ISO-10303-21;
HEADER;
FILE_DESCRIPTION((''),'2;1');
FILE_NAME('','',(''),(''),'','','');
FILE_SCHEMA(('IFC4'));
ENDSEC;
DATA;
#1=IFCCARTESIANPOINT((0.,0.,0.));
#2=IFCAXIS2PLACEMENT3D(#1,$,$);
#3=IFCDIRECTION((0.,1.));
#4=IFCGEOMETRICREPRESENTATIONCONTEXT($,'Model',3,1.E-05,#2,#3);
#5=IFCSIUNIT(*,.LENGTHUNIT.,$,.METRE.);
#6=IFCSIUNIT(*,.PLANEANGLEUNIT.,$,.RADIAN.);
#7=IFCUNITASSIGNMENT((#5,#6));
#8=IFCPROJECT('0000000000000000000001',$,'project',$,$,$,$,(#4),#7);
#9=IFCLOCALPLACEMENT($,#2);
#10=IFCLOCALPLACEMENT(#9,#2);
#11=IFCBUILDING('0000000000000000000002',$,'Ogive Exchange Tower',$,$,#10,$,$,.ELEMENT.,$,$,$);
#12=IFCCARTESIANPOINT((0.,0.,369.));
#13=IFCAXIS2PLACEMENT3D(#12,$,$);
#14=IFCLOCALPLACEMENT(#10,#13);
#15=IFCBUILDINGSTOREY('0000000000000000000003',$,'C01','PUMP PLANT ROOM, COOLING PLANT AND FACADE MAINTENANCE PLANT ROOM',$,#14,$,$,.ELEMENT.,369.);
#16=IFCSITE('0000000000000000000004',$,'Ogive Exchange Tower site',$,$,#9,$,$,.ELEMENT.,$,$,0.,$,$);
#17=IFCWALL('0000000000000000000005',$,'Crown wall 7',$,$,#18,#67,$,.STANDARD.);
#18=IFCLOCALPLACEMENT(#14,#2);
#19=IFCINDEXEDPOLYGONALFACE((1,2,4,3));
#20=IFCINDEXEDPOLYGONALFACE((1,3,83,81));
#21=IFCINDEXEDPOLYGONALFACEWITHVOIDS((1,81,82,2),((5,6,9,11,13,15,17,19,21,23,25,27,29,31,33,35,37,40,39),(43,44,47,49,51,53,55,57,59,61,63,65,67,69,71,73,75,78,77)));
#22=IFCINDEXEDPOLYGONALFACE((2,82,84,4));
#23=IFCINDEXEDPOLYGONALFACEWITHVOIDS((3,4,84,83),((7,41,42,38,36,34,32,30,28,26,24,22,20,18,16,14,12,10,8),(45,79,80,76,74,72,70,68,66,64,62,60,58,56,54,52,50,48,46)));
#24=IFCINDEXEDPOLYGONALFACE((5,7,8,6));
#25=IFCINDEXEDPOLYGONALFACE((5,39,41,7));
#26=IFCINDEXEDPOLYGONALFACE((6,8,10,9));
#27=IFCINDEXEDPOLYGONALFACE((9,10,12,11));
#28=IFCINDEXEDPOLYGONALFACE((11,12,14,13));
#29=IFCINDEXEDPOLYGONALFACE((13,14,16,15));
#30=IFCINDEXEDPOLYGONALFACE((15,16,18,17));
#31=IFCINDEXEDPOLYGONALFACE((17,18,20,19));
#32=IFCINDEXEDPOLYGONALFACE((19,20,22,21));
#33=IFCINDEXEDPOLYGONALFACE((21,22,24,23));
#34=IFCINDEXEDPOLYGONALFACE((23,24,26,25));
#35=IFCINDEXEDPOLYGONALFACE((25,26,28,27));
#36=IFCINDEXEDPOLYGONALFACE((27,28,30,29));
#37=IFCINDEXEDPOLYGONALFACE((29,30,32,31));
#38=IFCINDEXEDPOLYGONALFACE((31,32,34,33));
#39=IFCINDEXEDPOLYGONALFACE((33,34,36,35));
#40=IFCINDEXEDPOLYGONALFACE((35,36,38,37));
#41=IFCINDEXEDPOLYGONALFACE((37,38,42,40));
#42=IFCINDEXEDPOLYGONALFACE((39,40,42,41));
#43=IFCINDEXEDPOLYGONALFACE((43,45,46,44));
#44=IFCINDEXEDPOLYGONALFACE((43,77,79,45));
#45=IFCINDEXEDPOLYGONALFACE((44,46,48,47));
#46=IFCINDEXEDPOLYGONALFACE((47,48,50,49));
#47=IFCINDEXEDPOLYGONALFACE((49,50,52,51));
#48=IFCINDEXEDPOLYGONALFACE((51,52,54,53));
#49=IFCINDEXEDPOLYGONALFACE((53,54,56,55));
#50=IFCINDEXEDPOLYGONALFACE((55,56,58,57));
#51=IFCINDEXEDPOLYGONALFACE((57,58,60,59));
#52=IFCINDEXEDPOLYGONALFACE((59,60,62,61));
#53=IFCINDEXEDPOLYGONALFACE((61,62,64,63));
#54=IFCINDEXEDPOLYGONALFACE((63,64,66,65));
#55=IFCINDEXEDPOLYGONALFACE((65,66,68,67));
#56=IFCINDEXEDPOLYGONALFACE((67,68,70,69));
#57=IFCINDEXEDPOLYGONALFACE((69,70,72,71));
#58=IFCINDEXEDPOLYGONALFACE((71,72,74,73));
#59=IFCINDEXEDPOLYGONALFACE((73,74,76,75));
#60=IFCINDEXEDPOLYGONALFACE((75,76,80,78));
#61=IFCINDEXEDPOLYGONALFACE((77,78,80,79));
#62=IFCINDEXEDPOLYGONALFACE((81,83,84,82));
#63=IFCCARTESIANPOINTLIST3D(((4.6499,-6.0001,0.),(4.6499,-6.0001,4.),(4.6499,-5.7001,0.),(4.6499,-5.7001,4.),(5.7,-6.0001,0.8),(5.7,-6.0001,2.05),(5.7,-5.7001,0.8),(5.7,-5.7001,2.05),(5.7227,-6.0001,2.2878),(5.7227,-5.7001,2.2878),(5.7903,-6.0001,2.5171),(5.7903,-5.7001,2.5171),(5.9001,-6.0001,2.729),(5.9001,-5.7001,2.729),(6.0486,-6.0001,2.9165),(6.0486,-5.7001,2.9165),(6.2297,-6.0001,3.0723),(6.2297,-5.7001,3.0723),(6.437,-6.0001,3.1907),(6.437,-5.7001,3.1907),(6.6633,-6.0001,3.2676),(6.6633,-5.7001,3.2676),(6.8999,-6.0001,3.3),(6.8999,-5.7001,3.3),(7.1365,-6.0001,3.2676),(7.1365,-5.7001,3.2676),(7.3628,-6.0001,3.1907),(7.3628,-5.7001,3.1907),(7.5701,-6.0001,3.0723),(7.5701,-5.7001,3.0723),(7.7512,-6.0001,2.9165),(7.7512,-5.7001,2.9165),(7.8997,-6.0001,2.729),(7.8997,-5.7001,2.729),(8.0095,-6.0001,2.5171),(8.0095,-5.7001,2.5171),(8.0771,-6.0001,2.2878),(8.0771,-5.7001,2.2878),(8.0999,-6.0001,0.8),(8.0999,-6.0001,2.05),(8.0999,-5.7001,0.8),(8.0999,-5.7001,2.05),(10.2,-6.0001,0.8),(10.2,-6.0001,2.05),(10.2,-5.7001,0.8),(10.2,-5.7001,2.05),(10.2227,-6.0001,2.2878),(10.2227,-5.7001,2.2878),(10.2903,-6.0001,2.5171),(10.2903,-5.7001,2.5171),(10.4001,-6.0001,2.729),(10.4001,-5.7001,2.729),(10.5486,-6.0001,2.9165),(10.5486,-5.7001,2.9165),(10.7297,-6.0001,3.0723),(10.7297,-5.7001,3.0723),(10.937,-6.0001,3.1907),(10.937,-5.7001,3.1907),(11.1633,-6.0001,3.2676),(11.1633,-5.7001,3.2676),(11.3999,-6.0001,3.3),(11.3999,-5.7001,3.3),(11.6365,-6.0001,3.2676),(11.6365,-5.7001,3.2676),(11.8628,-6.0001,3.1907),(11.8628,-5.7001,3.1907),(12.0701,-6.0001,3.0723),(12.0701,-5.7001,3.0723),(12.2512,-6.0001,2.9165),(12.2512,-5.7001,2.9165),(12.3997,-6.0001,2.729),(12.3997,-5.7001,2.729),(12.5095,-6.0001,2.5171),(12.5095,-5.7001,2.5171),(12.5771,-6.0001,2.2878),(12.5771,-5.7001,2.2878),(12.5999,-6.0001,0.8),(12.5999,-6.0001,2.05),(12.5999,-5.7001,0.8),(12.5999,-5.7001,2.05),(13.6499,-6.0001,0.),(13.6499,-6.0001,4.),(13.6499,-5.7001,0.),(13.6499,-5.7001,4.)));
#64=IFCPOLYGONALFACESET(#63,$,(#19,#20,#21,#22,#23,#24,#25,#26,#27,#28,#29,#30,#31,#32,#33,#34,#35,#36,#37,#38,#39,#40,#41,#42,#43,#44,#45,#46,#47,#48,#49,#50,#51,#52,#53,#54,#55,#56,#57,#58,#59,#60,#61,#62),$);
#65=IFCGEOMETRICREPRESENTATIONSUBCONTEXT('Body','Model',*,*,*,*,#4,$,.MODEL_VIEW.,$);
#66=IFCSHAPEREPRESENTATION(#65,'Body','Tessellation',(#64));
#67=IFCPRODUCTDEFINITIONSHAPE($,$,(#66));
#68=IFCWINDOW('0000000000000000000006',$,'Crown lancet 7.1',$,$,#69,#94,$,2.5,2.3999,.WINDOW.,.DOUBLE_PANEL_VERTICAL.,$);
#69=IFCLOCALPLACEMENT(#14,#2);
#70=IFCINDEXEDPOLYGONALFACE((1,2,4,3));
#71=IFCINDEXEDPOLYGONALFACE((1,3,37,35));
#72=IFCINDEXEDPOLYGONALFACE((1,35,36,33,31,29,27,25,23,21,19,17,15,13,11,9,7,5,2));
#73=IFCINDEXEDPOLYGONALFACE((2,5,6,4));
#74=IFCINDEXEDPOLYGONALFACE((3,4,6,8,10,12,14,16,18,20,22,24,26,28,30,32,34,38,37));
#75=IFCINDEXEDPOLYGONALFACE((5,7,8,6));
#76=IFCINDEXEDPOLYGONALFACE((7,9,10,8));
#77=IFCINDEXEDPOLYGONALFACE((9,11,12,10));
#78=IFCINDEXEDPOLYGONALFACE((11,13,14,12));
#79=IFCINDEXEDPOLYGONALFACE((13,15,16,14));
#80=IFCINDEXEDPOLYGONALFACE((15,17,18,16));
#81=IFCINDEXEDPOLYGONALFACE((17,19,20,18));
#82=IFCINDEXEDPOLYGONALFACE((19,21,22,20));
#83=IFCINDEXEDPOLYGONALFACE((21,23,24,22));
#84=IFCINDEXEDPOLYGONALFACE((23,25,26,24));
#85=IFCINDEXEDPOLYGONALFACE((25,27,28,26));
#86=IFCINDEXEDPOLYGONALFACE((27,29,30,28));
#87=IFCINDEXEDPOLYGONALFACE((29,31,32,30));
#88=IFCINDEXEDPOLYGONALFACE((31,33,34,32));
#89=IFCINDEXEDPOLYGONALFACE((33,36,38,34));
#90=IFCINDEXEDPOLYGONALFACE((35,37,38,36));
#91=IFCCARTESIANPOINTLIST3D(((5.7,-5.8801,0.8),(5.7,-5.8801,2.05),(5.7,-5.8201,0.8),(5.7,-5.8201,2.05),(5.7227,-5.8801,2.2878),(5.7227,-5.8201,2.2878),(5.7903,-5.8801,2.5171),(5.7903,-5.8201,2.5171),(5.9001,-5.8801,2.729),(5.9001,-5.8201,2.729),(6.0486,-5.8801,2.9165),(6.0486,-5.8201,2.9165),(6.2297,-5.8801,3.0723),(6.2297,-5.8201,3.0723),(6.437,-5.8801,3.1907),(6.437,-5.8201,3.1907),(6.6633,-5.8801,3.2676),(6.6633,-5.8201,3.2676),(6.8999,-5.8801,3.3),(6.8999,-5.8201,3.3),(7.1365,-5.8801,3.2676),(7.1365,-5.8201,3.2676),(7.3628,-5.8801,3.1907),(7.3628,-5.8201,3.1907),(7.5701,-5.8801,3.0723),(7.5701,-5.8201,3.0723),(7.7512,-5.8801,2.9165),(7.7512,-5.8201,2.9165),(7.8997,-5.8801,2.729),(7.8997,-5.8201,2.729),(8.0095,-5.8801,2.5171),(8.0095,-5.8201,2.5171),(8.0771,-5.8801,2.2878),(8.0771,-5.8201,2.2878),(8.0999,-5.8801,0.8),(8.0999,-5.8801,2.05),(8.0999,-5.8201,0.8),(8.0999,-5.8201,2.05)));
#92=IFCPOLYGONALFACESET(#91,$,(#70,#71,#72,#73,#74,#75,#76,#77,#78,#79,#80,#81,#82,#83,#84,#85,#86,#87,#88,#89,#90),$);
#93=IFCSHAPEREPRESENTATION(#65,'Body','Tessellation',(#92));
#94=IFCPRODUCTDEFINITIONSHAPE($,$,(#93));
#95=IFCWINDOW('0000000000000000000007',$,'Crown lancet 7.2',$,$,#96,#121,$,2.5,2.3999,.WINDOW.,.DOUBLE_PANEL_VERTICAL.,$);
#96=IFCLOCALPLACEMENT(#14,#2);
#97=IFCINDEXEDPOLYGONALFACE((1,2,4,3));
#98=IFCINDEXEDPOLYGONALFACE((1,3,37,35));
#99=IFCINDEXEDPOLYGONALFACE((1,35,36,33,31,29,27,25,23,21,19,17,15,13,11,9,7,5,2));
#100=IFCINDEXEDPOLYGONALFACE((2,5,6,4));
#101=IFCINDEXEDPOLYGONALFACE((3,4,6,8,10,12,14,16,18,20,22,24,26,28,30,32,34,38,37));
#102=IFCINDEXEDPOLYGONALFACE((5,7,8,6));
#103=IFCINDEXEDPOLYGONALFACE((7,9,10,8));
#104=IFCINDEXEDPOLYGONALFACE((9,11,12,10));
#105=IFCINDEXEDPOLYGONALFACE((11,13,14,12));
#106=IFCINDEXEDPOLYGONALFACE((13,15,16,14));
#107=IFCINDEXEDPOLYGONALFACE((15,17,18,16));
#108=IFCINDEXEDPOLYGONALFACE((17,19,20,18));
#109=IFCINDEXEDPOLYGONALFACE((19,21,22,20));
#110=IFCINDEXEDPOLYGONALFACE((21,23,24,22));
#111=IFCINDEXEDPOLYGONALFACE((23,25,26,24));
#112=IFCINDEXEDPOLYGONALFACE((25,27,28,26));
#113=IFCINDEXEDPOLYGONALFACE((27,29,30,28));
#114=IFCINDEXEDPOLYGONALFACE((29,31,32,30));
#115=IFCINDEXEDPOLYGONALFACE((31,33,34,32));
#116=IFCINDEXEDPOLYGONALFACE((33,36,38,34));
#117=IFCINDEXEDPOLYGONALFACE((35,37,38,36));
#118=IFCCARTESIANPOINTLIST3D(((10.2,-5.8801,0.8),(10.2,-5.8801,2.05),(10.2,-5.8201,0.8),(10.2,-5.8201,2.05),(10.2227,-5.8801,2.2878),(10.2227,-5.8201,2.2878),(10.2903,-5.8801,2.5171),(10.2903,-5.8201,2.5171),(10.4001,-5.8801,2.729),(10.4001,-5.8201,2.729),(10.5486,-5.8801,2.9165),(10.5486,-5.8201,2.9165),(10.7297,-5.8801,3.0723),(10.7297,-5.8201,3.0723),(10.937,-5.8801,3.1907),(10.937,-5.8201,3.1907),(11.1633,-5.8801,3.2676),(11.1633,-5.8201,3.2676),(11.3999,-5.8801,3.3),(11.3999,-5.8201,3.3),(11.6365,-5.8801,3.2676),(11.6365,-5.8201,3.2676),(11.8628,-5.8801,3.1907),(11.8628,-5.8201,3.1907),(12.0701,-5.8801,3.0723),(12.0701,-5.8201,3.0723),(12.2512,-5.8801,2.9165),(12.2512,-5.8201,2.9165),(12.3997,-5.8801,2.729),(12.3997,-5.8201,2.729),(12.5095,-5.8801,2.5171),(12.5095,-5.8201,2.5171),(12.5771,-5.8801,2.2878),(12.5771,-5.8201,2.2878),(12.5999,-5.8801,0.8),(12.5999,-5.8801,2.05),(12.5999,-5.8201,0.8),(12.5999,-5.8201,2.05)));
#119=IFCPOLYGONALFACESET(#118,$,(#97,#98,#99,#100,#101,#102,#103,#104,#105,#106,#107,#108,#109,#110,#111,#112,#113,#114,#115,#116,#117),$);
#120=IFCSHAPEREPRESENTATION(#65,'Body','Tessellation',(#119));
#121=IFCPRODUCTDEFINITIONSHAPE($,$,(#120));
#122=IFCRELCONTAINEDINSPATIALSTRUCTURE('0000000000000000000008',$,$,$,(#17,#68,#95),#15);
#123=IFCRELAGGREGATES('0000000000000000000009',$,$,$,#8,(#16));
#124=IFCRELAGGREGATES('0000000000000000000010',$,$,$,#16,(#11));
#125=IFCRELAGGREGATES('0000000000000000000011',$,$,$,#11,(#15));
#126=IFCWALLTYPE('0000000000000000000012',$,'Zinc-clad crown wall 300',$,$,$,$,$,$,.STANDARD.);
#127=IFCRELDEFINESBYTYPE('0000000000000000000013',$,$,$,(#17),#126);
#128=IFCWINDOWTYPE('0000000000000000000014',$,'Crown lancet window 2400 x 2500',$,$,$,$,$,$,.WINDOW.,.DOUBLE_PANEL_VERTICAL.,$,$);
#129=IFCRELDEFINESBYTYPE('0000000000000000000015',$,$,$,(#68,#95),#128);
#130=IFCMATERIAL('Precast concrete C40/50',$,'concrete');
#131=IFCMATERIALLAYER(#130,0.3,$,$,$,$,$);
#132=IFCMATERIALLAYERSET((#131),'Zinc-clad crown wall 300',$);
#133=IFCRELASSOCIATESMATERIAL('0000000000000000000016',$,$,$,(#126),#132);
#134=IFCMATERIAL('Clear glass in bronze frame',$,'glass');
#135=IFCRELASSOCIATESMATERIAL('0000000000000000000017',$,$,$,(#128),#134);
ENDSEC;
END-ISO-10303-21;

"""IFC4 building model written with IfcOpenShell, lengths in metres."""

from ifc_helpers import new_model, si_unit, direction, frame, frame_2d, origin, place, context, subcontext, project, spatial, polyline, rectangle, outline, extrude, material, layer, layer_set, type_object, element, fill, save


model = new_model("IFC4")

# Units and contexts
model_context = context("Model", 3, precision=1e-05, world=origin(), true_north=direction((0.0, 1.0)))
body_context = subcontext(model_context, "Body", "Model", "MODEL_VIEW")
ifc_project = project(units=[si_unit("LENGTHUNIT", "METRE"), si_unit("PLANEANGLEUNIT", "RADIAN")], contexts=[model_context])

# Site, building, storey
site_placement = place(None, origin())
site = spatial("IfcSite", under=ifc_project, at=site_placement, Name="Ogive Exchange Tower site", CompositionType="ELEMENT", RefElevation=0.0)
building_placement = place(site_placement, origin())
building = spatial("IfcBuilding", under=site, at=building_placement, Name="Ogive Exchange Tower", CompositionType="ELEMENT")
storey_placement = place(building_placement, frame((0.0, 0.0, 369.0)))
storey = spatial("IfcBuildingStorey", under=building, at=storey_placement, Name="C01", Description="PUMP PLANT ROOM, COOLING PLANT AND FACADE MAINTENANCE PLANT ROOM", CompositionType="ELEMENT", Elevation=369.0)

# Wall, openings, windows
ifc_material_1 = material(Name="Precast concrete C40/50", Category="concrete")
ifc_layer_1 = layer(ifc_material_1, 0.3)
ifc_layer_set_1 = layer_set([ifc_layer_1], Name="Zinc-clad crown wall 300")
wall_type_1 = type_object("IfcWallType", Name="Zinc-clad crown wall 300", PredefinedType="STANDARD", material=ifc_layer_set_1)
wall_1_placement = place(storey_placement, frame((4.6499, -5.8501, 0.0), z_axis=(0.0, 0.0, 1.0), x_axis=(1.0, 0.0, 0.0)))
wall_1 = element("IfcWall", 1, at=wall_1_placement, inside=storey, type_object=wall_type_1, Name="Crown wall 7", PredefinedType="STANDARD", context=body_context, shape_type="SweptSolid", body=[
    extrude(rectangle(XDim=9.0, YDim=0.3, at=frame_2d((4.5, 0.0))), origin(), (0.0, 0.0, 1.0), 4.0),
])
opening_1_placement = place(wall_1_placement, frame((1.05, 0.0, 0.8)))
opening_1 = element("IfcOpeningElement", 2, at=opening_1_placement, cuts=wall_1, PredefinedType="OPENING", context=body_context, shape_type="SweptSolid", body=[
    extrude(outline(polyline([(0.0, 0.0), (2.3999, 0.0), (2.3999, 1.25), (2.3772, 1.4878), (2.3096, 1.717), (2.1997, 1.929), (2.0513, 2.1165), (1.8701, 2.2722), (1.6628, 2.3906), (1.4365, 2.4675), (1.2, 2.5), (0.9634, 2.4675), (0.7371, 2.3906), (0.5298, 2.2722), (0.3486, 2.1165), (0.2002, 1.929), (0.0903, 1.717), (0.0227, 1.4878), (0.0, 1.25), (0.0, 0.0)])), frame((0.0, 0.1599, 0.0), z_axis=(0.0, -1.0, 0.0), x_axis=(1.0, 0.0, 0.0)), (0.0, 0.0, 1.0), 0.3201),
])
opening_2_placement = place(wall_1_placement, frame((5.55, 0.0, 0.8)))
opening_2 = element("IfcOpeningElement", 3, at=opening_2_placement, cuts=wall_1, PredefinedType="OPENING", context=body_context, shape_type="SweptSolid", body=[
    extrude(outline(polyline([(0.0, 0.0), (2.3999, 0.0), (2.3999, 1.25), (2.3772, 1.4878), (2.3096, 1.717), (2.1997, 1.929), (2.0513, 2.1165), (1.8701, 2.2722), (1.6628, 2.3906), (1.4365, 2.4675), (1.2, 2.5), (0.9634, 2.4675), (0.7371, 2.3906), (0.5298, 2.2722), (0.3486, 2.1165), (0.2002, 1.929), (0.0903, 1.717), (0.0227, 1.4878), (0.0, 1.25), (0.0, 0.0)])), frame((0.0, 0.1599, 0.0), z_axis=(0.0, -1.0, 0.0), x_axis=(1.0, 0.0, 0.0)), (0.0, 0.0, 1.0), 0.3201),
])
ifc_material_2 = material(Name="Clear glass in bronze frame", Category="glass")
window_type = type_object("IfcWindowType", Name="Crown lancet window 2400 x 2500", PartitioningType="DOUBLE_PANEL_VERTICAL", PredefinedType="WINDOW", material=ifc_material_2)
window_1_placement = place(opening_1_placement, origin())
window_1 = element("IfcWindow", 4, at=window_1_placement, inside=storey, type_object=window_type, Name="Crown lancet 7.1", OverallHeight=2.5, OverallWidth=2.3999, PartitioningType="DOUBLE_PANEL_VERTICAL", PredefinedType="WINDOW", context=body_context, shape_type="SweptSolid", body=[
    extrude(outline(polyline([(0.0, 0.0), (2.3999, 0.0), (2.3999, 1.25), (2.3772, 1.4878), (2.3096, 1.717), (2.1997, 1.929), (2.0513, 2.1165), (1.8701, 2.2722), (1.6628, 2.3906), (1.4365, 2.4675), (1.2, 2.5), (0.9634, 2.4675), (0.7371, 2.3906), (0.5298, 2.2722), (0.3486, 2.1165), (0.2002, 1.929), (0.0903, 1.717), (0.0227, 1.4878), (0.0, 1.25), (0.0, 0.0)])), frame((0.0, 0.03, 0.0), z_axis=(0.0, -1.0, 0.0), x_axis=(1.0, 0.0, 0.0)), (0.0, 0.0, 1.0), 0.0601),
])
fill(opening_1, window_1)
window_2_placement = place(opening_2_placement, origin())
window_2 = element("IfcWindow", 5, at=window_2_placement, inside=storey, type_object=window_type, Name="Crown lancet 7.2", OverallHeight=2.5, OverallWidth=2.3999, PartitioningType="DOUBLE_PANEL_VERTICAL", PredefinedType="WINDOW", context=body_context, shape_type="SweptSolid", body=[
    extrude(outline(polyline([(0.0, 0.0), (2.3999, 0.0), (2.3999, 1.25), (2.3772, 1.4878), (2.3096, 1.717), (2.1997, 1.929), (2.0513, 2.1165), (1.8701, 2.2722), (1.6628, 2.3906), (1.4365, 2.4675), (1.2, 2.5), (0.9634, 2.4675), (0.7371, 2.3906), (0.5298, 2.2722), (0.3486, 2.1165), (0.2002, 1.929), (0.0903, 1.717), (0.0227, 1.4878), (0.0, 1.25), (0.0, 0.0)])), frame((0.0, 0.03, 0.0), z_axis=(0.0, -1.0, 0.0), x_axis=(1.0, 0.0, 0.0)), (0.0, 0.0, 1.0), 0.0601),
])
fill(opening_2, window_2)

save(model, "model.ifc")
